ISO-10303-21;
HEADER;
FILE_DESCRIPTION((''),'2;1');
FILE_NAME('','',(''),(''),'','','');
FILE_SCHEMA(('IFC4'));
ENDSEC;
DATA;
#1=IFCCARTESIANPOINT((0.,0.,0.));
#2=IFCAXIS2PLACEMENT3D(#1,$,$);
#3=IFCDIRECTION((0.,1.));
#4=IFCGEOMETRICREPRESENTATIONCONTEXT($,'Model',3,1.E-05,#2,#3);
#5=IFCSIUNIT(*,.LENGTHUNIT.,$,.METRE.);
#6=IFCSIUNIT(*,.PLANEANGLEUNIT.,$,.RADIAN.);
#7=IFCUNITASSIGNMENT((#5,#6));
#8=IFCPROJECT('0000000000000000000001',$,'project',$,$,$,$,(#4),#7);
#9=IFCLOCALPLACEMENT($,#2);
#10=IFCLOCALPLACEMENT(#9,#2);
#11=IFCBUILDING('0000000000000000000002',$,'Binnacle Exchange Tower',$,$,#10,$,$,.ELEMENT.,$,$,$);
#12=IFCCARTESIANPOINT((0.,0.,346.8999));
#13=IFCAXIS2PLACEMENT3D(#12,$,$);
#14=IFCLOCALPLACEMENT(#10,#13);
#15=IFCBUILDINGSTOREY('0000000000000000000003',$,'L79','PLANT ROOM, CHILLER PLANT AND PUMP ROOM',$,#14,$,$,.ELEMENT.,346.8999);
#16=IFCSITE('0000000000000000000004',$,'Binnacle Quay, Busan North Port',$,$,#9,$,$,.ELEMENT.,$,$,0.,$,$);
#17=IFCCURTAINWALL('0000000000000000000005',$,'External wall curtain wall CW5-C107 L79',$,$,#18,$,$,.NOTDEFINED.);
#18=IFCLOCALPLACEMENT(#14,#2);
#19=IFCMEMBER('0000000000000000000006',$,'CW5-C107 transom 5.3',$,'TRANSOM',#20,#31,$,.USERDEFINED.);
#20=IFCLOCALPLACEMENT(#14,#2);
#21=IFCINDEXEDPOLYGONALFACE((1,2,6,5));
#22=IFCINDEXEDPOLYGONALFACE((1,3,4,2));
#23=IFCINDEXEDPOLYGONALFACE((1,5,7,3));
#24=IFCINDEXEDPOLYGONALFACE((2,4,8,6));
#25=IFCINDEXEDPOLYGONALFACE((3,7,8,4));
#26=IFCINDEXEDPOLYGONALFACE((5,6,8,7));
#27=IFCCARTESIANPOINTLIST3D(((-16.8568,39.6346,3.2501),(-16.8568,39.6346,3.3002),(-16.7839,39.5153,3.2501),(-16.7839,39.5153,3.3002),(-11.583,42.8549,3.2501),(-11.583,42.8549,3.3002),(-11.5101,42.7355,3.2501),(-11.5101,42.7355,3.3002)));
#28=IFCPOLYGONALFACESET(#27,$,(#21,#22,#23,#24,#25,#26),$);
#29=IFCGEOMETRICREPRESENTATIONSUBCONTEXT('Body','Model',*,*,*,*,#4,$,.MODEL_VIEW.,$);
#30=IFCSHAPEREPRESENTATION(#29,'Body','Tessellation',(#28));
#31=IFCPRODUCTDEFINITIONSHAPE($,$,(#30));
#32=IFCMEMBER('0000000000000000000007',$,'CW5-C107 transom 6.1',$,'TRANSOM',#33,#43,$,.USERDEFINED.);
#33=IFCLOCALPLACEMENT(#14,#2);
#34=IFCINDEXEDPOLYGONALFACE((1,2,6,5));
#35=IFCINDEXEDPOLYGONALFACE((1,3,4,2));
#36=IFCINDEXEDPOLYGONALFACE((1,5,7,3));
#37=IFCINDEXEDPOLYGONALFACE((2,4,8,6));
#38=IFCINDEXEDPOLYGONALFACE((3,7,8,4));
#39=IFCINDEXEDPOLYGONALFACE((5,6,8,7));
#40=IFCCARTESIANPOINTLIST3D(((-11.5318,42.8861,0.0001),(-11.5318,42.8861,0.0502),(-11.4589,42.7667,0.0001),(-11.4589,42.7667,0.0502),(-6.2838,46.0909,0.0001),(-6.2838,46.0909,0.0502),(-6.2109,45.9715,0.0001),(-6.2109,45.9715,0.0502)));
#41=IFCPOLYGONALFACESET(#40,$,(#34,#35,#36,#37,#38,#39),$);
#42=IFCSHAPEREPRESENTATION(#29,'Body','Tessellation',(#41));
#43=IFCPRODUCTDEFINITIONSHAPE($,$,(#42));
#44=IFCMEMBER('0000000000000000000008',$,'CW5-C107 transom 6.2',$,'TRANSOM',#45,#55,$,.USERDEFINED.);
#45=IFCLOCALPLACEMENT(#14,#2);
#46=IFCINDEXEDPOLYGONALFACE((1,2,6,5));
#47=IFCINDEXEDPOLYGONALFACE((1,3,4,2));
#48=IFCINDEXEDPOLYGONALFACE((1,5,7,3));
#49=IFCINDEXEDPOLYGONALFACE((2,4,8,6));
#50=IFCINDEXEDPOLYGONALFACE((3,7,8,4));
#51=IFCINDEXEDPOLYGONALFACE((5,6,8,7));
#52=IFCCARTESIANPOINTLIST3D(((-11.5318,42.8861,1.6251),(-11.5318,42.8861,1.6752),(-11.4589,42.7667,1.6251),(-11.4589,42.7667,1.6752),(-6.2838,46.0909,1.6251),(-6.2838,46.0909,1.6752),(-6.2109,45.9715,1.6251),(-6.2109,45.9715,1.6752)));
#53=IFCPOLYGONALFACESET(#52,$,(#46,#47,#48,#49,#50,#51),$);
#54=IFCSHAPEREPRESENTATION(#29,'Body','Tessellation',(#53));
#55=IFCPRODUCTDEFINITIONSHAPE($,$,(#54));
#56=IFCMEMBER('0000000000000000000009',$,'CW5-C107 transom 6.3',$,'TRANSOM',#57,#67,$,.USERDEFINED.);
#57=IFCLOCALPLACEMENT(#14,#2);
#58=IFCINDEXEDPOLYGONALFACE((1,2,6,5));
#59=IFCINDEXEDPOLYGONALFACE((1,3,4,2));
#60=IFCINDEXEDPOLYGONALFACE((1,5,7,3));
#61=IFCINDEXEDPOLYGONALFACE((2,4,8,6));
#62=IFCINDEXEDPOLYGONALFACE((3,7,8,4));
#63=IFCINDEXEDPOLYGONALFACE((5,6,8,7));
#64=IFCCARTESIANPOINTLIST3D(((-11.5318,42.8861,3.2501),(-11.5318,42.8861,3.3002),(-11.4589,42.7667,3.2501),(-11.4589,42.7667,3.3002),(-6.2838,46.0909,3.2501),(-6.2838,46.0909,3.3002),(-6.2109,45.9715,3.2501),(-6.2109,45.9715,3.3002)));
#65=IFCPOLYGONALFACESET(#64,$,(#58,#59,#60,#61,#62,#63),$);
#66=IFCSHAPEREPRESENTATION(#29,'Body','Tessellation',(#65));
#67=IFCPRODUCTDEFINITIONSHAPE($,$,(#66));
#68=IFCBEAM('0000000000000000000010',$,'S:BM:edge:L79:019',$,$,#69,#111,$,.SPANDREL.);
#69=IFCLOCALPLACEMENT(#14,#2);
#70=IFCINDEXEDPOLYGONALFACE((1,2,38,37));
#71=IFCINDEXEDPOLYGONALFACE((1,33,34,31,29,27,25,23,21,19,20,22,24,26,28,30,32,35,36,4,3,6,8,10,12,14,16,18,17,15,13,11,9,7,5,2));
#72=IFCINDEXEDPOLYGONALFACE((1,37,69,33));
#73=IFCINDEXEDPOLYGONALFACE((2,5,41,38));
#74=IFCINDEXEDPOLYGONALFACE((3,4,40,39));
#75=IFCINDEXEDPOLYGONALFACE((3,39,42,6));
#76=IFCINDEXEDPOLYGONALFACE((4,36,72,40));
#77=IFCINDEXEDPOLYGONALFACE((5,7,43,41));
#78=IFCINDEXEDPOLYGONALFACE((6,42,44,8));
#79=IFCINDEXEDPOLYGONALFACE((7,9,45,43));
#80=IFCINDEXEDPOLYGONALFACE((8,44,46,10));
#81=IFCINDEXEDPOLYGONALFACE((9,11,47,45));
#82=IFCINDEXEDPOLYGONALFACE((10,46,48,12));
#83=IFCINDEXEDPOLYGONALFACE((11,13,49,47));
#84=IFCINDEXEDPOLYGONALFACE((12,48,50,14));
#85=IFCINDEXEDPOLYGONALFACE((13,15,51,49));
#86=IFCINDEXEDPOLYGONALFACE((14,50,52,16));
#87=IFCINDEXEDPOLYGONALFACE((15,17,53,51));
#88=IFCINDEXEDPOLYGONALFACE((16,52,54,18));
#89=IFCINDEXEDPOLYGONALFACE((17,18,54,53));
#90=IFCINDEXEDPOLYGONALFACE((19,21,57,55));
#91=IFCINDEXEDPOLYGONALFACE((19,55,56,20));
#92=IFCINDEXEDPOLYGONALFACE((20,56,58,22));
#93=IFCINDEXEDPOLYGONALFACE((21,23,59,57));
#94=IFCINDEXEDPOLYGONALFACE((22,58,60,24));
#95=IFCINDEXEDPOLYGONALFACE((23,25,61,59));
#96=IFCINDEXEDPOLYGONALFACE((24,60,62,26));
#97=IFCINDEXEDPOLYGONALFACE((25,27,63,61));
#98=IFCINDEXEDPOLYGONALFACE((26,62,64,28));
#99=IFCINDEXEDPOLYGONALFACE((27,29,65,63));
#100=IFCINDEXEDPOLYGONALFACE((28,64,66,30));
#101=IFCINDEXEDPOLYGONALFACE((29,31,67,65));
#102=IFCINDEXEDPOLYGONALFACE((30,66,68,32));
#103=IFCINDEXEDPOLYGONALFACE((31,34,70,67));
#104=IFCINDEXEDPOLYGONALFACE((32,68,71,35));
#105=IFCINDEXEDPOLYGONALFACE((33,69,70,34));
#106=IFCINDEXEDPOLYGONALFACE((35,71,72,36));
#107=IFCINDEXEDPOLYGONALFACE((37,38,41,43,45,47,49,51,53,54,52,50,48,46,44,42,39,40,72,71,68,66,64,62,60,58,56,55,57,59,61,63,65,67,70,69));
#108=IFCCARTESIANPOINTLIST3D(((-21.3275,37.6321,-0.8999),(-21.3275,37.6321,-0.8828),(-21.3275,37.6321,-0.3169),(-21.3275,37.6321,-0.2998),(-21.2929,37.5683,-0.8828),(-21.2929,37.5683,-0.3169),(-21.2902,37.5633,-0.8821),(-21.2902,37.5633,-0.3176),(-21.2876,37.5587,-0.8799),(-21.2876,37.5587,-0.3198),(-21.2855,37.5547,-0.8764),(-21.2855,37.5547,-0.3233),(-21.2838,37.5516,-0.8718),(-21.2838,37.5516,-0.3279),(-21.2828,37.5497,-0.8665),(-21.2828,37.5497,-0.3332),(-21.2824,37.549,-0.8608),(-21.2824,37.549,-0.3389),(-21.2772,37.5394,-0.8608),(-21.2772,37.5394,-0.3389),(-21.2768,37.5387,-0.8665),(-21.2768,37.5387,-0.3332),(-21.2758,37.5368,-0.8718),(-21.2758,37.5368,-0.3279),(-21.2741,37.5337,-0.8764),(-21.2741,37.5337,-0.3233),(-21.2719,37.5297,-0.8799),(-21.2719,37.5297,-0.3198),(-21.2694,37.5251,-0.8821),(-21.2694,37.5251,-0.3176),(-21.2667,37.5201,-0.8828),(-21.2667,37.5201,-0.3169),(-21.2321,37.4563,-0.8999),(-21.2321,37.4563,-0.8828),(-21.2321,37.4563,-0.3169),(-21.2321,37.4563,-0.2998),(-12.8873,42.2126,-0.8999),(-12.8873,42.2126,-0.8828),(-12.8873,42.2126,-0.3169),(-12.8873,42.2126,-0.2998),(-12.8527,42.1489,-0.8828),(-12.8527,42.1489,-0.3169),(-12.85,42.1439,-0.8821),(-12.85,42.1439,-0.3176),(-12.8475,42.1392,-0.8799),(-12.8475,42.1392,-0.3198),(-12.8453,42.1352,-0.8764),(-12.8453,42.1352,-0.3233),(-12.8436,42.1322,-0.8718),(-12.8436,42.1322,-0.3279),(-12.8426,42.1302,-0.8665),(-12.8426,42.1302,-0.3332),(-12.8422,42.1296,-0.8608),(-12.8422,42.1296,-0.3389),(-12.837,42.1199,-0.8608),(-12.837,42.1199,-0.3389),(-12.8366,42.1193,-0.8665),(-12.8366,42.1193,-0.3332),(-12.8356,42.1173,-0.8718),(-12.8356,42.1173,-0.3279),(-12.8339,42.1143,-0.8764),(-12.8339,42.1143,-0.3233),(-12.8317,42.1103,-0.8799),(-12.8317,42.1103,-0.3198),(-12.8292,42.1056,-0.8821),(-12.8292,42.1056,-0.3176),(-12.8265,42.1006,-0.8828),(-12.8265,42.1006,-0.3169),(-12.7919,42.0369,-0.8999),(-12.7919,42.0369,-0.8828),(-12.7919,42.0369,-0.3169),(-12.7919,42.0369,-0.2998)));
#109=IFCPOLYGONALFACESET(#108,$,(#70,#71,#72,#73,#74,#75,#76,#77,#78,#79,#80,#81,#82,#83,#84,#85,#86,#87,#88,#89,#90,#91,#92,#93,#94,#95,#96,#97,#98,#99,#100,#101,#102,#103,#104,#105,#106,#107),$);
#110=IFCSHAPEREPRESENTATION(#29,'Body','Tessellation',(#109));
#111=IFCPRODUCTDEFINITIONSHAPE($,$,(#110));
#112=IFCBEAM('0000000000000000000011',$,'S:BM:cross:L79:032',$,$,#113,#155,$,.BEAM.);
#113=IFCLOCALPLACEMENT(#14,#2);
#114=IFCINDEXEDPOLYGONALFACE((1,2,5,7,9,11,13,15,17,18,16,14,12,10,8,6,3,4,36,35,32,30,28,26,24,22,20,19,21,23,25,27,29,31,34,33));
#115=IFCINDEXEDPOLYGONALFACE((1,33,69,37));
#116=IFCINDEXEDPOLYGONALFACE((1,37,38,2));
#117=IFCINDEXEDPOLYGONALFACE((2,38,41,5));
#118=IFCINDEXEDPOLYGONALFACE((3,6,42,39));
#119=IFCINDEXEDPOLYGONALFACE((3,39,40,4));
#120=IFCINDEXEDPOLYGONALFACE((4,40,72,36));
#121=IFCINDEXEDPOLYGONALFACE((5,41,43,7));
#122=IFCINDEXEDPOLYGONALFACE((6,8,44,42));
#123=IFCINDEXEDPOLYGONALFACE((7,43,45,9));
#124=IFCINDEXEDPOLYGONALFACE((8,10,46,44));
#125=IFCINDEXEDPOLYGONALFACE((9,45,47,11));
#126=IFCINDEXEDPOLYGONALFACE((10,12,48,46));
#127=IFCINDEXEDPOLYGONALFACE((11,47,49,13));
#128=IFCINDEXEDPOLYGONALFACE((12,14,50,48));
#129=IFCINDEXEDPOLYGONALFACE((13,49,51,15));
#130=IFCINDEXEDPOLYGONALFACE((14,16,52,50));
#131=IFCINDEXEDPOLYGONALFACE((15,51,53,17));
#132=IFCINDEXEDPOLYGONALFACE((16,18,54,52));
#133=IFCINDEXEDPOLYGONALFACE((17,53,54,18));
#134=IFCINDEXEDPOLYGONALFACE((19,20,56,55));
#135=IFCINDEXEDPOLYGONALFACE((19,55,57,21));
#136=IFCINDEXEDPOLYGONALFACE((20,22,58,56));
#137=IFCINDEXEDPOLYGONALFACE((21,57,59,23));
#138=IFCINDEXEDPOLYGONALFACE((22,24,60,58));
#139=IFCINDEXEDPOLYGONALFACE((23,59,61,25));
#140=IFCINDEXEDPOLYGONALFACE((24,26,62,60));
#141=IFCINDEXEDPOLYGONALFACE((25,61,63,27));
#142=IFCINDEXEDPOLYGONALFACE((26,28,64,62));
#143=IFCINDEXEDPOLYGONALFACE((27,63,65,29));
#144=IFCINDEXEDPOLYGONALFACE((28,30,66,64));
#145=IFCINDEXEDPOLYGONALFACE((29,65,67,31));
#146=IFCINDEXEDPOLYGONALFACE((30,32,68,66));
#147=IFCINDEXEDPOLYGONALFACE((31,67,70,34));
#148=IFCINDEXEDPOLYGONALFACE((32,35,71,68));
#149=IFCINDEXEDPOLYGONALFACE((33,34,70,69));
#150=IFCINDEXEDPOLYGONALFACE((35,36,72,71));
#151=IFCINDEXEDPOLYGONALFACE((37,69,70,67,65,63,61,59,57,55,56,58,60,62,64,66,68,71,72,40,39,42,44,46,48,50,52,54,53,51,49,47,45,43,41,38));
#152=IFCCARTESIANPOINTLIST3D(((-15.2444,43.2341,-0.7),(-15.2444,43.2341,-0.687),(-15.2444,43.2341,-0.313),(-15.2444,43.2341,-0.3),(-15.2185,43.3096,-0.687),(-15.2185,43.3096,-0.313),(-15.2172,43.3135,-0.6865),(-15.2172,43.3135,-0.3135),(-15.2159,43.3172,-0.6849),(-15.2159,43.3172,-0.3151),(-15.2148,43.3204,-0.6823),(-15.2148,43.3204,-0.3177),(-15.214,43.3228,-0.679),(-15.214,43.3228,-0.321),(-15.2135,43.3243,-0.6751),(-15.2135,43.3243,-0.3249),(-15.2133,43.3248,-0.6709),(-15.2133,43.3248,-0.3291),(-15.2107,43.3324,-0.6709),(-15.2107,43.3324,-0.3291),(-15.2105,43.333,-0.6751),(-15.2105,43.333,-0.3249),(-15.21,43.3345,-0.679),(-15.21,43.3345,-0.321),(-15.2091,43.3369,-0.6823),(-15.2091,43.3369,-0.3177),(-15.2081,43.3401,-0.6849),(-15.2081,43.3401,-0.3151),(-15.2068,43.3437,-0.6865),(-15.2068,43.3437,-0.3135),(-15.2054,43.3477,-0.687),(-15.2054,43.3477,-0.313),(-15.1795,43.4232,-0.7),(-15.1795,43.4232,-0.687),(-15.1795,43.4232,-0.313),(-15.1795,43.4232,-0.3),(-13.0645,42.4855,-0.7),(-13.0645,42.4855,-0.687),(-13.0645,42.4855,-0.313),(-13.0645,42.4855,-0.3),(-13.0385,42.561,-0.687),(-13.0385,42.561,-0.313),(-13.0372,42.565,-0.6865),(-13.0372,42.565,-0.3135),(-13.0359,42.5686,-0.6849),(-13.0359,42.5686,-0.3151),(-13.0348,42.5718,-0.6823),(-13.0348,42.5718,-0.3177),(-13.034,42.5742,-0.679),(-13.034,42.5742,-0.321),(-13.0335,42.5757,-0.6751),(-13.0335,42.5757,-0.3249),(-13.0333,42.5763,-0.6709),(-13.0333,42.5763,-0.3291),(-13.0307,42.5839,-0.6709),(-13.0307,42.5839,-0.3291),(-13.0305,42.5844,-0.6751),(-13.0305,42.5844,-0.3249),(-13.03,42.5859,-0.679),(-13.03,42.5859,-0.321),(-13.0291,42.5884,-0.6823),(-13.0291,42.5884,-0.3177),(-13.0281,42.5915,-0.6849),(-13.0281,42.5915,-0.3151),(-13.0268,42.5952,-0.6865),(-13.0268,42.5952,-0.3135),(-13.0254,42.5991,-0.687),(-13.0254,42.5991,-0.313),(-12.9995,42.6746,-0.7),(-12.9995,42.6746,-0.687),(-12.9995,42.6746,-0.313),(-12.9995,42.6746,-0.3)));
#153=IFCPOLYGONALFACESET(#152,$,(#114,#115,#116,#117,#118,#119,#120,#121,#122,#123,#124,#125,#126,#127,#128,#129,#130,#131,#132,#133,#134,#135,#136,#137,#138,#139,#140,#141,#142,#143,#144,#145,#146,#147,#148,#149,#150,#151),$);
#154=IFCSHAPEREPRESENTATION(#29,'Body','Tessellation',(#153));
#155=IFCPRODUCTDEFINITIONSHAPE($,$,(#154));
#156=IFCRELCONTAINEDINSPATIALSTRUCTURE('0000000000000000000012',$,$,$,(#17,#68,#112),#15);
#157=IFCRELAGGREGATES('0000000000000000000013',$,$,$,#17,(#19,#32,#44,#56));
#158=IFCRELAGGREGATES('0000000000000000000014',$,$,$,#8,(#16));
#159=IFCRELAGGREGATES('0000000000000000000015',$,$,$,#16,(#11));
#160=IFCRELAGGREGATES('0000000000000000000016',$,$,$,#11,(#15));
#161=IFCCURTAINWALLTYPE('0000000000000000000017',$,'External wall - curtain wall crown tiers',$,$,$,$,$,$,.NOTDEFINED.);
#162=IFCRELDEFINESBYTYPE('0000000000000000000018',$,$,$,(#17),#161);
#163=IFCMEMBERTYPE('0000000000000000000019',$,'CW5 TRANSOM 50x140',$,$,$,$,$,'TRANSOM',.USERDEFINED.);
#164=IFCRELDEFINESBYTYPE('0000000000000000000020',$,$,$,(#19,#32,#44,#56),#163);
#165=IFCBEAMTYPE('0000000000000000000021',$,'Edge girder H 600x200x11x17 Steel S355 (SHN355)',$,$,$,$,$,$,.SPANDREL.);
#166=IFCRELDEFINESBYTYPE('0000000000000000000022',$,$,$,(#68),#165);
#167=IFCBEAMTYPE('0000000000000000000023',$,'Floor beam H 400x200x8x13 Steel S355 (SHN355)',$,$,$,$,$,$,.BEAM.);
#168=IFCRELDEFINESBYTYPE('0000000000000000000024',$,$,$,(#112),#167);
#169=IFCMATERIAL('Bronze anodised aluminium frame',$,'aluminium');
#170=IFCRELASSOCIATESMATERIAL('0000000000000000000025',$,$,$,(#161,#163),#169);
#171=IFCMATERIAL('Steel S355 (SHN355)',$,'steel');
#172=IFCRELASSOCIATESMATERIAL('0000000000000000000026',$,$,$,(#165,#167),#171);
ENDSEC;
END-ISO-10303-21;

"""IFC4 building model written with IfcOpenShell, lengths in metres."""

from ifc_helpers import new_model, si_unit, direction, frame, origin, origin_2d, place, context, subcontext, project, spatial, rectangle, i_section, extrude, material, material_profile, profile_set, type_object, element, aggregate, save


model = new_model("IFC4")

# Units and contexts
model_context = context("Model", 3, precision=1e-05, world=origin(), true_north=direction((0.0, 1.0)))
body_context = subcontext(model_context, "Body", "Model", "MODEL_VIEW")
ifc_project = project(units=[si_unit("LENGTHUNIT", "METRE"), si_unit("PLANEANGLEUNIT", "RADIAN")], contexts=[model_context])

# Site, building, storey
site_placement = place(None, origin())
site = spatial("IfcSite", under=ifc_project, at=site_placement, Name="Binnacle Quay, Busan North Port", CompositionType="ELEMENT", RefElevation=0.0)
building_placement = place(site_placement, origin())
building = spatial("IfcBuilding", under=site, at=building_placement, Name="Binnacle Exchange Tower", CompositionType="ELEMENT")
storey_placement = place(building_placement, frame((0.0, 0.0, 346.8999)))
storey = spatial("IfcBuildingStorey", under=building, at=storey_placement, Name="L79", Description="PLANT ROOM, CHILLER PLANT AND PUMP ROOM", CompositionType="ELEMENT", Elevation=346.8999)

# Shared definitions
ifc_material_1 = material(Name="Steel S355 (SHN355)", Category="steel")

# Curtain wall, members
ifc_material_2 = material(Name="Bronze anodised aluminium frame", Category="aluminium")
curtain_wall_type = type_object("IfcCurtainWallType", Name="External wall - curtain wall crown tiers", PredefinedType="NOTDEFINED", material=ifc_material_2)
curtain_wall_placement = place(storey_placement, origin())
curtain_wall = element("IfcCurtainWall", 1, at=curtain_wall_placement, inside=storey, type_object=curtain_wall_type, Name="External wall curtain wall CW5-C107 L79", PredefinedType="NOTDEFINED")
ifc_material_profile_1 = material_profile(ifc_material_2, rectangle(XDim=0.1399, YDim=0.05, at=origin_2d()), Name="AL 140x50")
ifc_profile_set_1 = profile_set([ifc_material_profile_1], Name="Bronze anodised aluminium frame")
member_type_1 = type_object("IfcMemberType", Name="CW5 TRANSOM 50x140", ElementType="TRANSOM", PredefinedType="USERDEFINED", material=ifc_profile_set_1)
member_1_placement = place(storey_placement, frame((-16.8203, 39.575, 3.2751), z_axis=(0.853468, 0.521145, 0.0), x_axis=(-0.521145, 0.853468, 0.0)))
member_1 = element("IfcMember", 2, at=member_1_placement, type_object=member_type_1, Name="CW5-C107 transom 5.3", ObjectType="TRANSOM", PredefinedType="USERDEFINED", context=body_context, shape_type="SweptSolid", body=[
    extrude(rectangle(XDim=0.1399, YDim=0.05, at=origin_2d()), origin(), (0.0, 0.0, 1.0), 6.1792),
])
member_2_placement = place(storey_placement, frame((-11.4954, 42.8264, 0.0251), z_axis=(0.853449, 0.521177, 0.0), x_axis=(-0.521177, 0.853449, 0.0)))
member_2 = element("IfcMember", 3, at=member_2_placement, type_object=member_type_1, Name="CW5-C107 transom 6.1", ObjectType="TRANSOM", PredefinedType="USERDEFINED", context=body_context, shape_type="SweptSolid", body=[
    extrude(rectangle(XDim=0.1399, YDim=0.05, at=origin_2d()), origin(), (0.0, 0.0, 1.0), 6.1492),
])
member_3_placement = place(storey_placement, frame((-11.4954, 42.8264, 1.6501), z_axis=(0.853449, 0.521177, 0.0), x_axis=(-0.521177, 0.853449, 0.0)))
member_3 = element("IfcMember", 4, at=member_3_placement, type_object=member_type_1, Name="CW5-C107 transom 6.2", ObjectType="TRANSOM", PredefinedType="USERDEFINED", context=body_context, shape_type="SweptSolid", body=[
    extrude(rectangle(XDim=0.1399, YDim=0.05, at=origin_2d()), origin(), (0.0, 0.0, 1.0), 6.1492),
])
member_4_placement = place(storey_placement, frame((-11.4954, 42.8264, 3.2751), z_axis=(0.853449, 0.521177, 0.0), x_axis=(-0.521177, 0.853449, 0.0)))
member_4 = element("IfcMember", 5, at=member_4_placement, type_object=member_type_1, Name="CW5-C107 transom 6.3", ObjectType="TRANSOM", PredefinedType="USERDEFINED", context=body_context, shape_type="SweptSolid", body=[
    extrude(rectangle(XDim=0.1399, YDim=0.05, at=origin_2d()), origin(), (0.0, 0.0, 1.0), 6.1492),
])

# Beams
ifc_material_profile_2 = material_profile(ifc_material_1, i_section(OverallWidth=0.2, OverallDepth=0.6001, WebThickness=0.011, FlangeThickness=0.0171, FilletRadius=0.022, at=origin_2d()), Name="H 600x200x11x17")
ifc_profile_set_2 = profile_set([ifc_material_profile_2], Name="Steel S355 (SHN355)")
beam_type_1 = type_object("IfcBeamType", Name="Edge girder H 600x200x11x17 Steel S355 (SHN355)", PredefinedType="SPANDREL", material=ifc_profile_set_2)
beam_1_placement = place(storey_placement, frame((-12.8396, 42.1248, -0.5999), z_axis=(-0.878908, -0.476991, 0.0), x_axis=(0.476991, -0.878908, 0.0)))
element("IfcBeam", 6, at=beam_1_placement, inside=storey, type_object=beam_type_1, Name="S:BM:edge:L79:019", PredefinedType="SPANDREL", context=body_context, shape_type="SweptSolid", body=[
    extrude(i_section(OverallWidth=0.2, OverallDepth=0.6001, WebThickness=0.011, FlangeThickness=0.0171, FilletRadius=0.022, at=origin_2d()), origin(), (0.0, 0.0, 1.0), 9.603),
])
ifc_material_profile_3 = material_profile(ifc_material_1, i_section(OverallWidth=0.2, OverallDepth=0.3999, WebThickness=0.0081, FlangeThickness=0.0129, FilletRadius=0.0161, at=origin_2d()), Name="H 400x200x8x13")
ifc_profile_set_3 = profile_set([ifc_material_profile_3], Name="Steel S355 (SHN355)")
beam_type_2 = type_object("IfcBeamType", Name="Floor beam H 400x200x8x13 Steel S355 (SHN355)", PredefinedType="BEAM", material=ifc_profile_set_3)
beam_2_placement = place(storey_placement, frame((-13.032, 42.5801, -0.5), z_axis=(-0.945795, 0.324763, 0.0), x_axis=(-0.324763, -0.945795, 0.0)))
element("IfcBeam", 7, at=beam_2_placement, inside=storey, type_object=beam_type_2, Name="S:BM:cross:L79:032", PredefinedType="BEAM", context=body_context, shape_type="SweptSolid", body=[
    extrude(i_section(OverallWidth=0.2, OverallDepth=0.3999, WebThickness=0.0081, FlangeThickness=0.0129, FilletRadius=0.0161, at=origin_2d()), origin(), (0.0, 0.0, 1.0), 2.3049),
])

aggregate(curtain_wall, [member_1, member_2, member_3, member_4])

save(model, "model.ifc")
